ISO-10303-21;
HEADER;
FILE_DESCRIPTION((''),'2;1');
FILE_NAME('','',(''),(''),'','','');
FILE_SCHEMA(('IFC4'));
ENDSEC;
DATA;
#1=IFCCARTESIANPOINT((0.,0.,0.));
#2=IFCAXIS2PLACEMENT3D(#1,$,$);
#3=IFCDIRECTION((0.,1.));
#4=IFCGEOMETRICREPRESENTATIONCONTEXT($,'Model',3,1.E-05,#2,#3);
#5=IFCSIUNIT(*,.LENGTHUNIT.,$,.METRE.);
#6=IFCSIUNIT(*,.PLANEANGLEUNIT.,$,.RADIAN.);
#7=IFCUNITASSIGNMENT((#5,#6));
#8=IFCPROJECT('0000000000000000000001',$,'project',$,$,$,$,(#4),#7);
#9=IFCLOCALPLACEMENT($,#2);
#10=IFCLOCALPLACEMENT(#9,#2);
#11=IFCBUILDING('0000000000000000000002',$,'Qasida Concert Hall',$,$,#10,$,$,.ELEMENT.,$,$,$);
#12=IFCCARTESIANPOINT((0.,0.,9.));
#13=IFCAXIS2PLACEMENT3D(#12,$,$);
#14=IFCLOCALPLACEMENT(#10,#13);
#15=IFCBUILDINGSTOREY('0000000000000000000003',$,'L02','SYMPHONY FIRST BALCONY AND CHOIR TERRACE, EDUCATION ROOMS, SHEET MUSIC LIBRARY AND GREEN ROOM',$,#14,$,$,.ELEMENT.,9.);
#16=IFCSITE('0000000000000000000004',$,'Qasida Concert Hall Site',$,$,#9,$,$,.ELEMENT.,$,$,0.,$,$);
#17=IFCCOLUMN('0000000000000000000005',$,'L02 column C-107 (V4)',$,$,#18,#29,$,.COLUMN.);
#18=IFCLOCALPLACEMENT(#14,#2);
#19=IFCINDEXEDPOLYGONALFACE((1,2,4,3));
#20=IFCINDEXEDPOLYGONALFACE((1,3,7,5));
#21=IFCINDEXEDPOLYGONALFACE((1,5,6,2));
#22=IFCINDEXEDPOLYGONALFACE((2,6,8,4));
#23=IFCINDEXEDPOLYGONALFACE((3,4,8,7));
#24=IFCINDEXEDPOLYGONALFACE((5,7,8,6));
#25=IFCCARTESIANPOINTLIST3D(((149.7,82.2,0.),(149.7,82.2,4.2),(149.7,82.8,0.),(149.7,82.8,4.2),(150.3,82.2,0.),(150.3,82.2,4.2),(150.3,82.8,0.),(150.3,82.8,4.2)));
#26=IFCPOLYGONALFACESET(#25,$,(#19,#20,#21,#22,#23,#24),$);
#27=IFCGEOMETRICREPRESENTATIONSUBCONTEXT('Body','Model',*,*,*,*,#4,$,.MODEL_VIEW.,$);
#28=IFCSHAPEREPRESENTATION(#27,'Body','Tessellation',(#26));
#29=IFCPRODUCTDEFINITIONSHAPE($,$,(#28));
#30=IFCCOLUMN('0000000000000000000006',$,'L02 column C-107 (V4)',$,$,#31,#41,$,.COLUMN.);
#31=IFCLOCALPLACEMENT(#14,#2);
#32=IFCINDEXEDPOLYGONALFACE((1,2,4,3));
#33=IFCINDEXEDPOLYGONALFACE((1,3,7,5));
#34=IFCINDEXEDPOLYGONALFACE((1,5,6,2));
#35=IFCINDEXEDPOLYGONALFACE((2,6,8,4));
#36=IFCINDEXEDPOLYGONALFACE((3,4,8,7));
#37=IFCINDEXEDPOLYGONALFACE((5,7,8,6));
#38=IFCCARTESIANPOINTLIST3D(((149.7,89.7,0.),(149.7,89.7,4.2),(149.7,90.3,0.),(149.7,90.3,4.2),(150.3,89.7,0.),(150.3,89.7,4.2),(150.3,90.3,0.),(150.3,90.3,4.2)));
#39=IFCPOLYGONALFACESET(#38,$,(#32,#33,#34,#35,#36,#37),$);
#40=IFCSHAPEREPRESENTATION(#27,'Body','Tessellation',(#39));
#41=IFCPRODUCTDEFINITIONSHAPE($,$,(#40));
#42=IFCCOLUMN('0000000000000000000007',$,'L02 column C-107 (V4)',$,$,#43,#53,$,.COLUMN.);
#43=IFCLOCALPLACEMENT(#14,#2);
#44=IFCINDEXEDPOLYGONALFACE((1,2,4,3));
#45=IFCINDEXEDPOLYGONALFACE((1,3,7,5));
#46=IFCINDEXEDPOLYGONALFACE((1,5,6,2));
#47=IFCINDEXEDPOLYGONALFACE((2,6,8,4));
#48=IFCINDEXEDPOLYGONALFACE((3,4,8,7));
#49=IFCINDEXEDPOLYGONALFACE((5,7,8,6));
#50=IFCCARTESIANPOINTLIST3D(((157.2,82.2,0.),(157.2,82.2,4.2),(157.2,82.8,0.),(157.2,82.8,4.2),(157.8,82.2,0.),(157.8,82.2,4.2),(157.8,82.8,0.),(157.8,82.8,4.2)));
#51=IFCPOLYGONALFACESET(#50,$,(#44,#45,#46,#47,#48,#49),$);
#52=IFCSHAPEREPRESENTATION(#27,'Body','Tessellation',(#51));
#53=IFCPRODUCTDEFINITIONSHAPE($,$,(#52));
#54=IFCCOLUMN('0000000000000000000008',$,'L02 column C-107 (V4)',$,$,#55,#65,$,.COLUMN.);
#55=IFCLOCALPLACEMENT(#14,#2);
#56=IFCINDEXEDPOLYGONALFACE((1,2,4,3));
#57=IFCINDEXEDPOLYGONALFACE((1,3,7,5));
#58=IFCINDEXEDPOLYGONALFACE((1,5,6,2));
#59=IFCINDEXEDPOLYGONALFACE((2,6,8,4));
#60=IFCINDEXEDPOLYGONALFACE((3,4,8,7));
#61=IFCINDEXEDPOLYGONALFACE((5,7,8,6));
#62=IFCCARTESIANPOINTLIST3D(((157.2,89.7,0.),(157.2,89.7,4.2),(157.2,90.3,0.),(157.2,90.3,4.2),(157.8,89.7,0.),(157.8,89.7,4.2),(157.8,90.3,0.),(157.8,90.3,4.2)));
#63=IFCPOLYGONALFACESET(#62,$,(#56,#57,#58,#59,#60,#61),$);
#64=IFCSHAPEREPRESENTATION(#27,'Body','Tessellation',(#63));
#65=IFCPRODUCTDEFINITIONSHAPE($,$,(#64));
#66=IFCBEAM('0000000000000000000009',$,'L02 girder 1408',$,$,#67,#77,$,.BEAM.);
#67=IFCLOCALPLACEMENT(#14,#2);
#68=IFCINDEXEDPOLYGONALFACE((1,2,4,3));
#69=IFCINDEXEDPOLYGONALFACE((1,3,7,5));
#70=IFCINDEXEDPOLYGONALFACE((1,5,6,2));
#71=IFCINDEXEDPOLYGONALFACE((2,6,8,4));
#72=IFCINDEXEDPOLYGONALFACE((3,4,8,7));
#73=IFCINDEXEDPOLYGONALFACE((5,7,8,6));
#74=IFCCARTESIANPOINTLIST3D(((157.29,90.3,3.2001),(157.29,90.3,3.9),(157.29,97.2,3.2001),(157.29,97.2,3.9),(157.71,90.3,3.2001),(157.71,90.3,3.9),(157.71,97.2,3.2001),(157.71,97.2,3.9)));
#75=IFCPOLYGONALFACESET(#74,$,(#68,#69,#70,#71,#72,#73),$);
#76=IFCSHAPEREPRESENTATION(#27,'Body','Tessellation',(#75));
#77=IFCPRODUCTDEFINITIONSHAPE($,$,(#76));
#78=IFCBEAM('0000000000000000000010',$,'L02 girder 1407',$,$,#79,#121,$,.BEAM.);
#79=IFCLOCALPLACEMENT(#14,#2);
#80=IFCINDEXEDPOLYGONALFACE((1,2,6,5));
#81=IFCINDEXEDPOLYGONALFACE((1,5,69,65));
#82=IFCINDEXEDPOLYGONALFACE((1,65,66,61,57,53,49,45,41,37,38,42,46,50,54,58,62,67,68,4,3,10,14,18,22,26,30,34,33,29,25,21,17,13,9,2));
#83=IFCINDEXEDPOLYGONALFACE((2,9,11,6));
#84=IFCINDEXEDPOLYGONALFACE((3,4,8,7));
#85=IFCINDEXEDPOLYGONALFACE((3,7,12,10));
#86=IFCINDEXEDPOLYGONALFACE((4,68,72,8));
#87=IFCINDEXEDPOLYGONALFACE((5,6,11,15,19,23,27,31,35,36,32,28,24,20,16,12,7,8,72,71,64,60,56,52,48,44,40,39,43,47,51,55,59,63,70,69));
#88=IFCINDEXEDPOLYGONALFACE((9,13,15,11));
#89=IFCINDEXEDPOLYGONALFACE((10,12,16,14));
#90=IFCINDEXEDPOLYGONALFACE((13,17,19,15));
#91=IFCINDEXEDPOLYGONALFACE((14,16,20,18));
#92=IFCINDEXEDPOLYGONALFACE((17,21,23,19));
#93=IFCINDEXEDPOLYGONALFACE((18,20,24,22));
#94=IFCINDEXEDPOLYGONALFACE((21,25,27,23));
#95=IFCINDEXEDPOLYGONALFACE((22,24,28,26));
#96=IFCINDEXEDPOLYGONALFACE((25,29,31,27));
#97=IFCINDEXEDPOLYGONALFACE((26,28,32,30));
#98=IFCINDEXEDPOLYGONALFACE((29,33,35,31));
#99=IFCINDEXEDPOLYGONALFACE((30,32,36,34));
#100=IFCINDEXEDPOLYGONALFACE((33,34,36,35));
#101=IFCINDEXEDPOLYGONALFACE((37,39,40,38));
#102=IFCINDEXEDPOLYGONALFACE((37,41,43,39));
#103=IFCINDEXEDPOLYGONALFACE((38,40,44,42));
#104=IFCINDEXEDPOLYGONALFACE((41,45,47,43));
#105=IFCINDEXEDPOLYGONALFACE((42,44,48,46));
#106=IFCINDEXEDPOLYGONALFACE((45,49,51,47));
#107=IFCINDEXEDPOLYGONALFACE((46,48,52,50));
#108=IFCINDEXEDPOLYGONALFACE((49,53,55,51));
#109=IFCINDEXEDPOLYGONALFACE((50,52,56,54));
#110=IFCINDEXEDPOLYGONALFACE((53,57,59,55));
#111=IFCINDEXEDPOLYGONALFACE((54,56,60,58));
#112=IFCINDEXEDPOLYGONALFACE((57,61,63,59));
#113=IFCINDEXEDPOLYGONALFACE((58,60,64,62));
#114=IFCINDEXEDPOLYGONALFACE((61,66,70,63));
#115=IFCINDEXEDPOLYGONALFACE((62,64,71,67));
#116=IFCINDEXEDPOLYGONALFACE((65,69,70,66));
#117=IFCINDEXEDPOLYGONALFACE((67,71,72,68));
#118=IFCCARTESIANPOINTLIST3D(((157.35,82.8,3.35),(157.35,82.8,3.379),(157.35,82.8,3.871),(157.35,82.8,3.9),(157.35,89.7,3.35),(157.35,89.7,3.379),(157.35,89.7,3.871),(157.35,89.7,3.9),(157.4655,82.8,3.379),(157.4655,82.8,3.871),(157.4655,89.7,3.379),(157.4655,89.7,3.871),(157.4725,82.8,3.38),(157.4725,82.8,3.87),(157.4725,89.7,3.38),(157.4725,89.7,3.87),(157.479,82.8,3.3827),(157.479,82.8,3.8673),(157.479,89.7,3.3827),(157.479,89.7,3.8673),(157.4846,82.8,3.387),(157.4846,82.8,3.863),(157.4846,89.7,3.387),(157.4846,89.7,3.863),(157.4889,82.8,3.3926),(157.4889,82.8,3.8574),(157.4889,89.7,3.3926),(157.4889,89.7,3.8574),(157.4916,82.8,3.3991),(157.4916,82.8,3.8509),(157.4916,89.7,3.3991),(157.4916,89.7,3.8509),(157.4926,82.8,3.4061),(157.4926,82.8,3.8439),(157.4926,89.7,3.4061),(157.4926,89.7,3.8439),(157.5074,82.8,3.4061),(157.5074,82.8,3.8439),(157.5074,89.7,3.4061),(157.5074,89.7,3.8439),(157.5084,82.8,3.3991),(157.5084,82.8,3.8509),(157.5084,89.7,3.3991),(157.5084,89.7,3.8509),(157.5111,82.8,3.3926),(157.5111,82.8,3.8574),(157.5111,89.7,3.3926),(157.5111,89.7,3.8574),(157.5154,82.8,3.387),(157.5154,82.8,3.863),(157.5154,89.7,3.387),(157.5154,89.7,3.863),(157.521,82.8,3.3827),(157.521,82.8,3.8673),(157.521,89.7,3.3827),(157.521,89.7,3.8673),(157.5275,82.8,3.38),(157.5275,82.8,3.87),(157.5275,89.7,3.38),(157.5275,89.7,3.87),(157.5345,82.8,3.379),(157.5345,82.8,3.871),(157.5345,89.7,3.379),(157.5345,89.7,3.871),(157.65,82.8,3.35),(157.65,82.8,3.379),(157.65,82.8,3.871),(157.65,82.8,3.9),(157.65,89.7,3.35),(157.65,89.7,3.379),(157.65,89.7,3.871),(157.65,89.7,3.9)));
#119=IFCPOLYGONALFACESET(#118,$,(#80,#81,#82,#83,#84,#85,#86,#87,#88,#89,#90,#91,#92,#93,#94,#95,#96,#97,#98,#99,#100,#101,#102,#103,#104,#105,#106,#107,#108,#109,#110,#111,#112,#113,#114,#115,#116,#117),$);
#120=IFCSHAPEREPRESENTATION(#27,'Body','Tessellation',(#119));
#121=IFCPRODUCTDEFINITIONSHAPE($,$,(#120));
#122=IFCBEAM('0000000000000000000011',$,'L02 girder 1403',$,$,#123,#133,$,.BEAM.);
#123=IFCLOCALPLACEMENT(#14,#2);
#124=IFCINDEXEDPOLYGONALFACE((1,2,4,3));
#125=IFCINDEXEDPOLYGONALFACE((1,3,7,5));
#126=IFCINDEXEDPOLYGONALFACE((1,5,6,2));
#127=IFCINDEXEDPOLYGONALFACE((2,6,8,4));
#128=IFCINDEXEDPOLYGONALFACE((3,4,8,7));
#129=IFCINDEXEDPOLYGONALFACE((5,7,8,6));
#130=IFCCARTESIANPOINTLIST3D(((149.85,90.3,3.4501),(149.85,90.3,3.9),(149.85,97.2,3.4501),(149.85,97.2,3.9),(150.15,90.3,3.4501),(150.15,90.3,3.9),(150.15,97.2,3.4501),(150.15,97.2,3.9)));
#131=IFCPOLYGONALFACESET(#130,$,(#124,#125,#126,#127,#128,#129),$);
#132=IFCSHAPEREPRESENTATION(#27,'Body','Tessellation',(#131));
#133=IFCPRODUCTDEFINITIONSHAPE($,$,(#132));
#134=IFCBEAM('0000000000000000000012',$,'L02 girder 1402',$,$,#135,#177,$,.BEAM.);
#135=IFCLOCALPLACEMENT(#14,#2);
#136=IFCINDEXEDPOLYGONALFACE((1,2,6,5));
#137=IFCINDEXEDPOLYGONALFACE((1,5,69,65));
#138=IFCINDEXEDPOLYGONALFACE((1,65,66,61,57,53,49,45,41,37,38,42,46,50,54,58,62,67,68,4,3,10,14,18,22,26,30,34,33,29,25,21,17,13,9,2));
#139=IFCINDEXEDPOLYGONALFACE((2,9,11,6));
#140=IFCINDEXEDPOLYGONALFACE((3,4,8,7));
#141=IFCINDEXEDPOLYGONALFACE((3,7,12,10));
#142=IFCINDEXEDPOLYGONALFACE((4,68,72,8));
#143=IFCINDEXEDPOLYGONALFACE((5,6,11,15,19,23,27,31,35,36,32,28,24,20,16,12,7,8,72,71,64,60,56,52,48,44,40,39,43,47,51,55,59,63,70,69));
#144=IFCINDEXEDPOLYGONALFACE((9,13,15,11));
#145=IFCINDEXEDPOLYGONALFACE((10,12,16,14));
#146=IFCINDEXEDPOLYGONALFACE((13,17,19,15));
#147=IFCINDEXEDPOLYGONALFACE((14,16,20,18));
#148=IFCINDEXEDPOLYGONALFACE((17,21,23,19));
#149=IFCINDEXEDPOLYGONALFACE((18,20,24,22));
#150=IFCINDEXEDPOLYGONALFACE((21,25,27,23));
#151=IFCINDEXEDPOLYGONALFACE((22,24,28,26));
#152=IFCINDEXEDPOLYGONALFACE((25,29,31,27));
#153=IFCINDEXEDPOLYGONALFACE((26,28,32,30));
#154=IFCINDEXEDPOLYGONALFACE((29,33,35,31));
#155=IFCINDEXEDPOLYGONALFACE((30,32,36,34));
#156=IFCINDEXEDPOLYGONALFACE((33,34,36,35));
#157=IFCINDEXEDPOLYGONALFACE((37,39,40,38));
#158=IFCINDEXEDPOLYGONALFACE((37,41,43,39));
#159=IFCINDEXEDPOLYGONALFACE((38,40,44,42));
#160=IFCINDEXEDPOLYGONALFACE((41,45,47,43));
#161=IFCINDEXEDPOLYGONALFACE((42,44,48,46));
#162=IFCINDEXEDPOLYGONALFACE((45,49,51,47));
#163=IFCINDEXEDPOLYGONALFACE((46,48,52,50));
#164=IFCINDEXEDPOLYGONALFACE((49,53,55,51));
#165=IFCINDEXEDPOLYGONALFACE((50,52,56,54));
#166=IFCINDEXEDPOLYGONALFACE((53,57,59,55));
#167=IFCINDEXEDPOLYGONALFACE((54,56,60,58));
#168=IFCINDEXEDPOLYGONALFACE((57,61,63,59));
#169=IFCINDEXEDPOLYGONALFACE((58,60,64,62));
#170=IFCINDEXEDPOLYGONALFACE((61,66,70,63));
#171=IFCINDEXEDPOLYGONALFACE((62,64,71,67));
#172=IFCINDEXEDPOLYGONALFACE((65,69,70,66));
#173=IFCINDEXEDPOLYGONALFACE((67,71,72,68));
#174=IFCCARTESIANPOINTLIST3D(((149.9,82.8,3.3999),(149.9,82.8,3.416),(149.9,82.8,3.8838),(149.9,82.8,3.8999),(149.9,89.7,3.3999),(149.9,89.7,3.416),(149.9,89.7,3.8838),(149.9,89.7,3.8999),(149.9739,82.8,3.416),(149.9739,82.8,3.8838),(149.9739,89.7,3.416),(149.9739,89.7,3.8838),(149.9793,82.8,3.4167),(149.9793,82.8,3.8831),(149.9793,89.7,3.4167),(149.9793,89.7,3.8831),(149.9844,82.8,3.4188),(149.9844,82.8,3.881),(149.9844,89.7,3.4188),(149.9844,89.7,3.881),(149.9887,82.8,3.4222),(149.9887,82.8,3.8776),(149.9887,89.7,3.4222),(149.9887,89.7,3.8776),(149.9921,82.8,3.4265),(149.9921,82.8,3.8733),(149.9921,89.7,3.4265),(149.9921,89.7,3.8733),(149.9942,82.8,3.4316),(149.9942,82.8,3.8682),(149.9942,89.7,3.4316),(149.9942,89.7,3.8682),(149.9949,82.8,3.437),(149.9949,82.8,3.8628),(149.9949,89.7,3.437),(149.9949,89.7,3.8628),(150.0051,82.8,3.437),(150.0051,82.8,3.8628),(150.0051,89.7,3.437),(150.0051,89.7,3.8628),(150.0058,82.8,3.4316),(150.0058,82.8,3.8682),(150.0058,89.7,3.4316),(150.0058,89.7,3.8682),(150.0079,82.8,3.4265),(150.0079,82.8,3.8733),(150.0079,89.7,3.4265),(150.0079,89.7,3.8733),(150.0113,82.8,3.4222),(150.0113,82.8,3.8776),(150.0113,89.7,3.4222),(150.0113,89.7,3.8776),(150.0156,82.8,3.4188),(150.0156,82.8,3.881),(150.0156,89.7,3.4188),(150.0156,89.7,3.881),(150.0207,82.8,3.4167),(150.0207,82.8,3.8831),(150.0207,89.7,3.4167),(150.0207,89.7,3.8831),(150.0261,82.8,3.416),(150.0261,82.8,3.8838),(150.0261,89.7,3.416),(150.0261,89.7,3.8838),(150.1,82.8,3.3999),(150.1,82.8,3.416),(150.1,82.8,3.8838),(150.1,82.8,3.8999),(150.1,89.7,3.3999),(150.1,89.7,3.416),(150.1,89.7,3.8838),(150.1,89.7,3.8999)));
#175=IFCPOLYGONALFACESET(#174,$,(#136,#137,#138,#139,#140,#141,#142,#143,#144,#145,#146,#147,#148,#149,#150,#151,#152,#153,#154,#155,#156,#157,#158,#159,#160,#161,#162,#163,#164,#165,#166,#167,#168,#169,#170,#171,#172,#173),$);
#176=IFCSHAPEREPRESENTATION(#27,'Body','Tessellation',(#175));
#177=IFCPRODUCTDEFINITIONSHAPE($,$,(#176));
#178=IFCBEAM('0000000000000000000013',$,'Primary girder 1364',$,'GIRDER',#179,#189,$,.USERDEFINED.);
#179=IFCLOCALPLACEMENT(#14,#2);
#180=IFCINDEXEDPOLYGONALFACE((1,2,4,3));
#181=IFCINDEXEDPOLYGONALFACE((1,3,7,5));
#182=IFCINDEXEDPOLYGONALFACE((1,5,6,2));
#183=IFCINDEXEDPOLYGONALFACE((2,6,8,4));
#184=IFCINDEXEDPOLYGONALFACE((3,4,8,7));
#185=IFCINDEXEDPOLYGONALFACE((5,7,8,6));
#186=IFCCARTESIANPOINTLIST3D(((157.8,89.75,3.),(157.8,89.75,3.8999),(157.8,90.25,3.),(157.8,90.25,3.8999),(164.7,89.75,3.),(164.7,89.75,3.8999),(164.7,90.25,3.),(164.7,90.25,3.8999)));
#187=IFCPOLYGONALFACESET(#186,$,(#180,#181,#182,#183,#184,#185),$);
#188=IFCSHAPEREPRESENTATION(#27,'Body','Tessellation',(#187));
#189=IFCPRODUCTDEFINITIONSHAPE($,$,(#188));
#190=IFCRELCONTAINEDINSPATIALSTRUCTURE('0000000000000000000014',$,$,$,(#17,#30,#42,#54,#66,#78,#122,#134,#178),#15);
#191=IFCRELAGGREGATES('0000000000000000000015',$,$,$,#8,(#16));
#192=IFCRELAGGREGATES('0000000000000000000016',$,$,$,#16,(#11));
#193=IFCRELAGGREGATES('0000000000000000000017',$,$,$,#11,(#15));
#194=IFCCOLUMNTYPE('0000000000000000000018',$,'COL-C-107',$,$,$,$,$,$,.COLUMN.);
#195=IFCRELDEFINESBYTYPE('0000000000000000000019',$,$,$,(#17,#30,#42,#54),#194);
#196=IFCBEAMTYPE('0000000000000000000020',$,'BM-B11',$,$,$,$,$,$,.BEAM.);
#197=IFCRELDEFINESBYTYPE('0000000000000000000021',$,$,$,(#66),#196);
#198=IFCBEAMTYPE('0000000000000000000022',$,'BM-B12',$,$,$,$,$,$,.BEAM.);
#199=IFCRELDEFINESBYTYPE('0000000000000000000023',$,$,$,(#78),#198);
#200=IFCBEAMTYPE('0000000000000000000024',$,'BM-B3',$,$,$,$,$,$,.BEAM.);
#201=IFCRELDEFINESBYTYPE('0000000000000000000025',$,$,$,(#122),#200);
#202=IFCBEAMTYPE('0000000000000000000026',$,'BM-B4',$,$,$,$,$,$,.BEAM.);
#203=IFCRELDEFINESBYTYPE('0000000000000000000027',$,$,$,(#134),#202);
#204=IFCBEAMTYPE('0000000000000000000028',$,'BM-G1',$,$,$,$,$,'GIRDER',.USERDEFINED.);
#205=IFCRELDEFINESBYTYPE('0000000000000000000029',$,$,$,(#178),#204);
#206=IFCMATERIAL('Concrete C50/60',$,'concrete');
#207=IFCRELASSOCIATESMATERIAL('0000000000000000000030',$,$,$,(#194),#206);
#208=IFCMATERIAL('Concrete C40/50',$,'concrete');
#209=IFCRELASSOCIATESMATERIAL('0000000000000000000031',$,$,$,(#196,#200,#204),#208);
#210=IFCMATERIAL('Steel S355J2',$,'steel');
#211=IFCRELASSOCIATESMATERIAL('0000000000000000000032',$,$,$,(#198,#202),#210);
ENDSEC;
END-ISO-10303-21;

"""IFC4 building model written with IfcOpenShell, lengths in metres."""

from ifc_helpers import new_model, si_unit, direction, frame, origin, origin_2d, place, context, subcontext, project, spatial, rectangle, i_section, extrude, material, material_profile, profile_set, type_object, element, save


model = new_model("IFC4")

# Units and contexts
model_context = context("Model", 3, precision=1e-05, world=origin(), true_north=direction((0.0, 1.0)))
body_context = subcontext(model_context, "Body", "Model", "MODEL_VIEW")
ifc_project = project(units=[si_unit("LENGTHUNIT", "METRE"), si_unit("PLANEANGLEUNIT", "RADIAN")], contexts=[model_context])

# Site, building, storey
site_placement = place(None, origin())
site = spatial("IfcSite", under=ifc_project, at=site_placement, Name="Qasida Concert Hall Site", CompositionType="ELEMENT", RefElevation=0.0)
building_placement = place(site_placement, origin())
building = spatial("IfcBuilding", under=site, at=building_placement, Name="Qasida Concert Hall", CompositionType="ELEMENT")
storey_placement = place(building_placement, frame((0.0, 0.0, 9.0)))
storey = spatial("IfcBuildingStorey", under=building, at=storey_placement, Name="L02", Description="SYMPHONY FIRST BALCONY AND CHOIR TERRACE, EDUCATION ROOMS, SHEET MUSIC LIBRARY AND GREEN ROOM", CompositionType="ELEMENT", Elevation=9.0)

# Columns
ifc_material_1 = material(Name="Concrete C50/60", Category="concrete")
ifc_material_profile_1 = material_profile(ifc_material_1, rectangle(XDim=0.6001, YDim=0.6001, at=origin_2d()), Name="RC 600x600")
ifc_profile_set_1 = profile_set([ifc_material_profile_1], Name="Concrete C50/60")
column_type = type_object("IfcColumnType", Name="COL-C-107", PredefinedType="COLUMN", material=ifc_profile_set_1)
for number, where, z_axis, x_axis, name in (
    (1, (150.0, 82.5, 0.0), (0.0, 0.0, 1.0), (1.0, 0.0, 0.0), "L02 column C-107 (V4)"),
    (2, (150.0, 90.0, 0.0), (0.0, 0.0, 1.0), (1.0, 0.0, 0.0), "L02 column C-107 (V4)"),
    (3, (157.5, 82.5, 0.0), (0.0, 0.0, 1.0), (1.0, 0.0, 0.0), "L02 column C-107 (V4)"),
    (4, (157.5, 90.0, 0.0), (0.0, 0.0, 1.0), (1.0, 0.0, 0.0), "L02 column C-107 (V4)"),
):
    element("IfcColumn", number, at=place(storey_placement, frame(where, z_axis=z_axis, x_axis=x_axis)), inside=storey, type_object=column_type, Name=name, PredefinedType="COLUMN", context=body_context, shape_type="SweptSolid", body=[
        extrude(rectangle(XDim=0.6001, YDim=0.6001, at=origin_2d()), origin(), (0.0, 0.0, 1.0), 4.2),
    ])

# Beams
ifc_material_2 = material(Name="Concrete C40/50", Category="concrete")
ifc_material_profile_2 = material_profile(ifc_material_2, rectangle(XDim=0.4199, YDim=0.7, at=origin_2d()), Name="RC 420x700")
ifc_profile_set_2 = profile_set([ifc_material_profile_2], Name="Concrete C40/50")
beam_type_1 = type_object("IfcBeamType", Name="BM-B11", PredefinedType="BEAM", material=ifc_profile_set_2)
beam_1_placement = place(storey_placement, frame((157.5, 90.3, 3.55), z_axis=(0.0, 1.0, 0.0), x_axis=(-1.0, 0.0, 0.0)))
element("IfcBeam", 5, at=beam_1_placement, inside=storey, type_object=beam_type_1, Name="L02 girder 1408", PredefinedType="BEAM", context=body_context, shape_type="SweptSolid", body=[
    extrude(rectangle(XDim=0.4199, YDim=0.7, at=origin_2d()), origin(), (0.0, 0.0, 1.0), 6.8999),
])
ifc_material_3 = material(Name="Steel S355J2", Category="steel")
ifc_material_profile_3 = material_profile(ifc_material_3, i_section(OverallWidth=0.3, OverallDepth=0.55, WebThickness=0.0149, FlangeThickness=0.0291, FilletRadius=0.0271, at=origin_2d()), Name="HEB 550")
ifc_profile_set_3 = profile_set([ifc_material_profile_3], Name="Steel S355J2")
beam_type_2 = type_object("IfcBeamType", Name="BM-B12", PredefinedType="BEAM", material=ifc_profile_set_3)
beam_2_placement = place(storey_placement, frame((157.5, 82.8, 3.625), z_axis=(0.0, 1.0, 0.0), x_axis=(-1.0, 0.0, 0.0)))
element("IfcBeam", 6, at=beam_2_placement, inside=storey, type_object=beam_type_2, Name="L02 girder 1407", PredefinedType="BEAM", context=body_context, shape_type="SweptSolid", body=[
    extrude(i_section(OverallWidth=0.3, OverallDepth=0.55, WebThickness=0.0149, FlangeThickness=0.0291, FilletRadius=0.0271, at=origin_2d()), origin(), (0.0, 0.0, 1.0), 6.8999),
])
ifc_material_profile_4 = material_profile(ifc_material_2, rectangle(XDim=0.3, YDim=0.45, at=origin_2d()), Name="RC 300x450")
ifc_profile_set_4 = profile_set([ifc_material_profile_4], Name="Concrete C40/50")
beam_type_3 = type_object("IfcBeamType", Name="BM-B3", PredefinedType="BEAM", material=ifc_profile_set_4)
beam_3_placement = place(storey_placement, frame((150.0, 90.3, 3.675), z_axis=(0.0, 1.0, 0.0), x_axis=(-1.0, 0.0, 0.0)))
element("IfcBeam", 7, at=beam_3_placement, inside=storey, type_object=beam_type_3, Name="L02 girder 1403", PredefinedType="BEAM", context=body_context, shape_type="SweptSolid", body=[
    extrude(rectangle(XDim=0.3, YDim=0.45, at=origin_2d()), origin(), (0.0, 0.0, 1.0), 6.8999),
])
ifc_material_profile_5 = material_profile(ifc_material_3, i_section(OverallWidth=0.2, OverallDepth=0.5, WebThickness=0.0103, FlangeThickness=0.0161, FilletRadius=0.021, at=origin_2d()), Name="IPE 500")
ifc_profile_set_5 = profile_set([ifc_material_profile_5], Name="Steel S355J2")
beam_type_4 = type_object("IfcBeamType", Name="BM-B4", PredefinedType="BEAM", material=ifc_profile_set_5)
beam_4_placement = place(storey_placement, frame((150.0, 82.8, 3.6499), z_axis=(0.0, 1.0, 0.0), x_axis=(-1.0, 0.0, 0.0)))
element("IfcBeam", 8, at=beam_4_placement, inside=storey, type_object=beam_type_4, Name="L02 girder 1402", PredefinedType="BEAM", context=body_context, shape_type="SweptSolid", body=[
    extrude(i_section(OverallWidth=0.2, OverallDepth=0.5, WebThickness=0.0103, FlangeThickness=0.0161, FilletRadius=0.021, at=origin_2d()), origin(), (0.0, 0.0, 1.0), 6.8999),
])
ifc_material_profile_6 = material_profile(ifc_material_2, rectangle(XDim=0.5, YDim=0.8999, at=origin_2d()), Name="RC 500x900")
ifc_profile_set_6 = profile_set([ifc_material_profile_6], Name="Concrete C40/50")
beam_type_5 = type_object("IfcBeamType", Name="BM-G1", ElementType="GIRDER", PredefinedType="USERDEFINED", material=ifc_profile_set_6)
beam_5_placement = place(storey_placement, frame((157.8, 90.0, 3.45), z_axis=(1.0, 0.0, 0.0), x_axis=(0.0, 1.0, 0.0)))
element("IfcBeam", 9, at=beam_5_placement, inside=storey, type_object=beam_type_5, Name="Primary girder 1364", ObjectType="GIRDER", PredefinedType="USERDEFINED", context=body_context, shape_type="SweptSolid", body=[
    extrude(rectangle(XDim=0.5, YDim=0.8999, at=origin_2d()), origin(), (0.0, 0.0, 1.0), 6.8999),
])

save(model, "model.ifc")
